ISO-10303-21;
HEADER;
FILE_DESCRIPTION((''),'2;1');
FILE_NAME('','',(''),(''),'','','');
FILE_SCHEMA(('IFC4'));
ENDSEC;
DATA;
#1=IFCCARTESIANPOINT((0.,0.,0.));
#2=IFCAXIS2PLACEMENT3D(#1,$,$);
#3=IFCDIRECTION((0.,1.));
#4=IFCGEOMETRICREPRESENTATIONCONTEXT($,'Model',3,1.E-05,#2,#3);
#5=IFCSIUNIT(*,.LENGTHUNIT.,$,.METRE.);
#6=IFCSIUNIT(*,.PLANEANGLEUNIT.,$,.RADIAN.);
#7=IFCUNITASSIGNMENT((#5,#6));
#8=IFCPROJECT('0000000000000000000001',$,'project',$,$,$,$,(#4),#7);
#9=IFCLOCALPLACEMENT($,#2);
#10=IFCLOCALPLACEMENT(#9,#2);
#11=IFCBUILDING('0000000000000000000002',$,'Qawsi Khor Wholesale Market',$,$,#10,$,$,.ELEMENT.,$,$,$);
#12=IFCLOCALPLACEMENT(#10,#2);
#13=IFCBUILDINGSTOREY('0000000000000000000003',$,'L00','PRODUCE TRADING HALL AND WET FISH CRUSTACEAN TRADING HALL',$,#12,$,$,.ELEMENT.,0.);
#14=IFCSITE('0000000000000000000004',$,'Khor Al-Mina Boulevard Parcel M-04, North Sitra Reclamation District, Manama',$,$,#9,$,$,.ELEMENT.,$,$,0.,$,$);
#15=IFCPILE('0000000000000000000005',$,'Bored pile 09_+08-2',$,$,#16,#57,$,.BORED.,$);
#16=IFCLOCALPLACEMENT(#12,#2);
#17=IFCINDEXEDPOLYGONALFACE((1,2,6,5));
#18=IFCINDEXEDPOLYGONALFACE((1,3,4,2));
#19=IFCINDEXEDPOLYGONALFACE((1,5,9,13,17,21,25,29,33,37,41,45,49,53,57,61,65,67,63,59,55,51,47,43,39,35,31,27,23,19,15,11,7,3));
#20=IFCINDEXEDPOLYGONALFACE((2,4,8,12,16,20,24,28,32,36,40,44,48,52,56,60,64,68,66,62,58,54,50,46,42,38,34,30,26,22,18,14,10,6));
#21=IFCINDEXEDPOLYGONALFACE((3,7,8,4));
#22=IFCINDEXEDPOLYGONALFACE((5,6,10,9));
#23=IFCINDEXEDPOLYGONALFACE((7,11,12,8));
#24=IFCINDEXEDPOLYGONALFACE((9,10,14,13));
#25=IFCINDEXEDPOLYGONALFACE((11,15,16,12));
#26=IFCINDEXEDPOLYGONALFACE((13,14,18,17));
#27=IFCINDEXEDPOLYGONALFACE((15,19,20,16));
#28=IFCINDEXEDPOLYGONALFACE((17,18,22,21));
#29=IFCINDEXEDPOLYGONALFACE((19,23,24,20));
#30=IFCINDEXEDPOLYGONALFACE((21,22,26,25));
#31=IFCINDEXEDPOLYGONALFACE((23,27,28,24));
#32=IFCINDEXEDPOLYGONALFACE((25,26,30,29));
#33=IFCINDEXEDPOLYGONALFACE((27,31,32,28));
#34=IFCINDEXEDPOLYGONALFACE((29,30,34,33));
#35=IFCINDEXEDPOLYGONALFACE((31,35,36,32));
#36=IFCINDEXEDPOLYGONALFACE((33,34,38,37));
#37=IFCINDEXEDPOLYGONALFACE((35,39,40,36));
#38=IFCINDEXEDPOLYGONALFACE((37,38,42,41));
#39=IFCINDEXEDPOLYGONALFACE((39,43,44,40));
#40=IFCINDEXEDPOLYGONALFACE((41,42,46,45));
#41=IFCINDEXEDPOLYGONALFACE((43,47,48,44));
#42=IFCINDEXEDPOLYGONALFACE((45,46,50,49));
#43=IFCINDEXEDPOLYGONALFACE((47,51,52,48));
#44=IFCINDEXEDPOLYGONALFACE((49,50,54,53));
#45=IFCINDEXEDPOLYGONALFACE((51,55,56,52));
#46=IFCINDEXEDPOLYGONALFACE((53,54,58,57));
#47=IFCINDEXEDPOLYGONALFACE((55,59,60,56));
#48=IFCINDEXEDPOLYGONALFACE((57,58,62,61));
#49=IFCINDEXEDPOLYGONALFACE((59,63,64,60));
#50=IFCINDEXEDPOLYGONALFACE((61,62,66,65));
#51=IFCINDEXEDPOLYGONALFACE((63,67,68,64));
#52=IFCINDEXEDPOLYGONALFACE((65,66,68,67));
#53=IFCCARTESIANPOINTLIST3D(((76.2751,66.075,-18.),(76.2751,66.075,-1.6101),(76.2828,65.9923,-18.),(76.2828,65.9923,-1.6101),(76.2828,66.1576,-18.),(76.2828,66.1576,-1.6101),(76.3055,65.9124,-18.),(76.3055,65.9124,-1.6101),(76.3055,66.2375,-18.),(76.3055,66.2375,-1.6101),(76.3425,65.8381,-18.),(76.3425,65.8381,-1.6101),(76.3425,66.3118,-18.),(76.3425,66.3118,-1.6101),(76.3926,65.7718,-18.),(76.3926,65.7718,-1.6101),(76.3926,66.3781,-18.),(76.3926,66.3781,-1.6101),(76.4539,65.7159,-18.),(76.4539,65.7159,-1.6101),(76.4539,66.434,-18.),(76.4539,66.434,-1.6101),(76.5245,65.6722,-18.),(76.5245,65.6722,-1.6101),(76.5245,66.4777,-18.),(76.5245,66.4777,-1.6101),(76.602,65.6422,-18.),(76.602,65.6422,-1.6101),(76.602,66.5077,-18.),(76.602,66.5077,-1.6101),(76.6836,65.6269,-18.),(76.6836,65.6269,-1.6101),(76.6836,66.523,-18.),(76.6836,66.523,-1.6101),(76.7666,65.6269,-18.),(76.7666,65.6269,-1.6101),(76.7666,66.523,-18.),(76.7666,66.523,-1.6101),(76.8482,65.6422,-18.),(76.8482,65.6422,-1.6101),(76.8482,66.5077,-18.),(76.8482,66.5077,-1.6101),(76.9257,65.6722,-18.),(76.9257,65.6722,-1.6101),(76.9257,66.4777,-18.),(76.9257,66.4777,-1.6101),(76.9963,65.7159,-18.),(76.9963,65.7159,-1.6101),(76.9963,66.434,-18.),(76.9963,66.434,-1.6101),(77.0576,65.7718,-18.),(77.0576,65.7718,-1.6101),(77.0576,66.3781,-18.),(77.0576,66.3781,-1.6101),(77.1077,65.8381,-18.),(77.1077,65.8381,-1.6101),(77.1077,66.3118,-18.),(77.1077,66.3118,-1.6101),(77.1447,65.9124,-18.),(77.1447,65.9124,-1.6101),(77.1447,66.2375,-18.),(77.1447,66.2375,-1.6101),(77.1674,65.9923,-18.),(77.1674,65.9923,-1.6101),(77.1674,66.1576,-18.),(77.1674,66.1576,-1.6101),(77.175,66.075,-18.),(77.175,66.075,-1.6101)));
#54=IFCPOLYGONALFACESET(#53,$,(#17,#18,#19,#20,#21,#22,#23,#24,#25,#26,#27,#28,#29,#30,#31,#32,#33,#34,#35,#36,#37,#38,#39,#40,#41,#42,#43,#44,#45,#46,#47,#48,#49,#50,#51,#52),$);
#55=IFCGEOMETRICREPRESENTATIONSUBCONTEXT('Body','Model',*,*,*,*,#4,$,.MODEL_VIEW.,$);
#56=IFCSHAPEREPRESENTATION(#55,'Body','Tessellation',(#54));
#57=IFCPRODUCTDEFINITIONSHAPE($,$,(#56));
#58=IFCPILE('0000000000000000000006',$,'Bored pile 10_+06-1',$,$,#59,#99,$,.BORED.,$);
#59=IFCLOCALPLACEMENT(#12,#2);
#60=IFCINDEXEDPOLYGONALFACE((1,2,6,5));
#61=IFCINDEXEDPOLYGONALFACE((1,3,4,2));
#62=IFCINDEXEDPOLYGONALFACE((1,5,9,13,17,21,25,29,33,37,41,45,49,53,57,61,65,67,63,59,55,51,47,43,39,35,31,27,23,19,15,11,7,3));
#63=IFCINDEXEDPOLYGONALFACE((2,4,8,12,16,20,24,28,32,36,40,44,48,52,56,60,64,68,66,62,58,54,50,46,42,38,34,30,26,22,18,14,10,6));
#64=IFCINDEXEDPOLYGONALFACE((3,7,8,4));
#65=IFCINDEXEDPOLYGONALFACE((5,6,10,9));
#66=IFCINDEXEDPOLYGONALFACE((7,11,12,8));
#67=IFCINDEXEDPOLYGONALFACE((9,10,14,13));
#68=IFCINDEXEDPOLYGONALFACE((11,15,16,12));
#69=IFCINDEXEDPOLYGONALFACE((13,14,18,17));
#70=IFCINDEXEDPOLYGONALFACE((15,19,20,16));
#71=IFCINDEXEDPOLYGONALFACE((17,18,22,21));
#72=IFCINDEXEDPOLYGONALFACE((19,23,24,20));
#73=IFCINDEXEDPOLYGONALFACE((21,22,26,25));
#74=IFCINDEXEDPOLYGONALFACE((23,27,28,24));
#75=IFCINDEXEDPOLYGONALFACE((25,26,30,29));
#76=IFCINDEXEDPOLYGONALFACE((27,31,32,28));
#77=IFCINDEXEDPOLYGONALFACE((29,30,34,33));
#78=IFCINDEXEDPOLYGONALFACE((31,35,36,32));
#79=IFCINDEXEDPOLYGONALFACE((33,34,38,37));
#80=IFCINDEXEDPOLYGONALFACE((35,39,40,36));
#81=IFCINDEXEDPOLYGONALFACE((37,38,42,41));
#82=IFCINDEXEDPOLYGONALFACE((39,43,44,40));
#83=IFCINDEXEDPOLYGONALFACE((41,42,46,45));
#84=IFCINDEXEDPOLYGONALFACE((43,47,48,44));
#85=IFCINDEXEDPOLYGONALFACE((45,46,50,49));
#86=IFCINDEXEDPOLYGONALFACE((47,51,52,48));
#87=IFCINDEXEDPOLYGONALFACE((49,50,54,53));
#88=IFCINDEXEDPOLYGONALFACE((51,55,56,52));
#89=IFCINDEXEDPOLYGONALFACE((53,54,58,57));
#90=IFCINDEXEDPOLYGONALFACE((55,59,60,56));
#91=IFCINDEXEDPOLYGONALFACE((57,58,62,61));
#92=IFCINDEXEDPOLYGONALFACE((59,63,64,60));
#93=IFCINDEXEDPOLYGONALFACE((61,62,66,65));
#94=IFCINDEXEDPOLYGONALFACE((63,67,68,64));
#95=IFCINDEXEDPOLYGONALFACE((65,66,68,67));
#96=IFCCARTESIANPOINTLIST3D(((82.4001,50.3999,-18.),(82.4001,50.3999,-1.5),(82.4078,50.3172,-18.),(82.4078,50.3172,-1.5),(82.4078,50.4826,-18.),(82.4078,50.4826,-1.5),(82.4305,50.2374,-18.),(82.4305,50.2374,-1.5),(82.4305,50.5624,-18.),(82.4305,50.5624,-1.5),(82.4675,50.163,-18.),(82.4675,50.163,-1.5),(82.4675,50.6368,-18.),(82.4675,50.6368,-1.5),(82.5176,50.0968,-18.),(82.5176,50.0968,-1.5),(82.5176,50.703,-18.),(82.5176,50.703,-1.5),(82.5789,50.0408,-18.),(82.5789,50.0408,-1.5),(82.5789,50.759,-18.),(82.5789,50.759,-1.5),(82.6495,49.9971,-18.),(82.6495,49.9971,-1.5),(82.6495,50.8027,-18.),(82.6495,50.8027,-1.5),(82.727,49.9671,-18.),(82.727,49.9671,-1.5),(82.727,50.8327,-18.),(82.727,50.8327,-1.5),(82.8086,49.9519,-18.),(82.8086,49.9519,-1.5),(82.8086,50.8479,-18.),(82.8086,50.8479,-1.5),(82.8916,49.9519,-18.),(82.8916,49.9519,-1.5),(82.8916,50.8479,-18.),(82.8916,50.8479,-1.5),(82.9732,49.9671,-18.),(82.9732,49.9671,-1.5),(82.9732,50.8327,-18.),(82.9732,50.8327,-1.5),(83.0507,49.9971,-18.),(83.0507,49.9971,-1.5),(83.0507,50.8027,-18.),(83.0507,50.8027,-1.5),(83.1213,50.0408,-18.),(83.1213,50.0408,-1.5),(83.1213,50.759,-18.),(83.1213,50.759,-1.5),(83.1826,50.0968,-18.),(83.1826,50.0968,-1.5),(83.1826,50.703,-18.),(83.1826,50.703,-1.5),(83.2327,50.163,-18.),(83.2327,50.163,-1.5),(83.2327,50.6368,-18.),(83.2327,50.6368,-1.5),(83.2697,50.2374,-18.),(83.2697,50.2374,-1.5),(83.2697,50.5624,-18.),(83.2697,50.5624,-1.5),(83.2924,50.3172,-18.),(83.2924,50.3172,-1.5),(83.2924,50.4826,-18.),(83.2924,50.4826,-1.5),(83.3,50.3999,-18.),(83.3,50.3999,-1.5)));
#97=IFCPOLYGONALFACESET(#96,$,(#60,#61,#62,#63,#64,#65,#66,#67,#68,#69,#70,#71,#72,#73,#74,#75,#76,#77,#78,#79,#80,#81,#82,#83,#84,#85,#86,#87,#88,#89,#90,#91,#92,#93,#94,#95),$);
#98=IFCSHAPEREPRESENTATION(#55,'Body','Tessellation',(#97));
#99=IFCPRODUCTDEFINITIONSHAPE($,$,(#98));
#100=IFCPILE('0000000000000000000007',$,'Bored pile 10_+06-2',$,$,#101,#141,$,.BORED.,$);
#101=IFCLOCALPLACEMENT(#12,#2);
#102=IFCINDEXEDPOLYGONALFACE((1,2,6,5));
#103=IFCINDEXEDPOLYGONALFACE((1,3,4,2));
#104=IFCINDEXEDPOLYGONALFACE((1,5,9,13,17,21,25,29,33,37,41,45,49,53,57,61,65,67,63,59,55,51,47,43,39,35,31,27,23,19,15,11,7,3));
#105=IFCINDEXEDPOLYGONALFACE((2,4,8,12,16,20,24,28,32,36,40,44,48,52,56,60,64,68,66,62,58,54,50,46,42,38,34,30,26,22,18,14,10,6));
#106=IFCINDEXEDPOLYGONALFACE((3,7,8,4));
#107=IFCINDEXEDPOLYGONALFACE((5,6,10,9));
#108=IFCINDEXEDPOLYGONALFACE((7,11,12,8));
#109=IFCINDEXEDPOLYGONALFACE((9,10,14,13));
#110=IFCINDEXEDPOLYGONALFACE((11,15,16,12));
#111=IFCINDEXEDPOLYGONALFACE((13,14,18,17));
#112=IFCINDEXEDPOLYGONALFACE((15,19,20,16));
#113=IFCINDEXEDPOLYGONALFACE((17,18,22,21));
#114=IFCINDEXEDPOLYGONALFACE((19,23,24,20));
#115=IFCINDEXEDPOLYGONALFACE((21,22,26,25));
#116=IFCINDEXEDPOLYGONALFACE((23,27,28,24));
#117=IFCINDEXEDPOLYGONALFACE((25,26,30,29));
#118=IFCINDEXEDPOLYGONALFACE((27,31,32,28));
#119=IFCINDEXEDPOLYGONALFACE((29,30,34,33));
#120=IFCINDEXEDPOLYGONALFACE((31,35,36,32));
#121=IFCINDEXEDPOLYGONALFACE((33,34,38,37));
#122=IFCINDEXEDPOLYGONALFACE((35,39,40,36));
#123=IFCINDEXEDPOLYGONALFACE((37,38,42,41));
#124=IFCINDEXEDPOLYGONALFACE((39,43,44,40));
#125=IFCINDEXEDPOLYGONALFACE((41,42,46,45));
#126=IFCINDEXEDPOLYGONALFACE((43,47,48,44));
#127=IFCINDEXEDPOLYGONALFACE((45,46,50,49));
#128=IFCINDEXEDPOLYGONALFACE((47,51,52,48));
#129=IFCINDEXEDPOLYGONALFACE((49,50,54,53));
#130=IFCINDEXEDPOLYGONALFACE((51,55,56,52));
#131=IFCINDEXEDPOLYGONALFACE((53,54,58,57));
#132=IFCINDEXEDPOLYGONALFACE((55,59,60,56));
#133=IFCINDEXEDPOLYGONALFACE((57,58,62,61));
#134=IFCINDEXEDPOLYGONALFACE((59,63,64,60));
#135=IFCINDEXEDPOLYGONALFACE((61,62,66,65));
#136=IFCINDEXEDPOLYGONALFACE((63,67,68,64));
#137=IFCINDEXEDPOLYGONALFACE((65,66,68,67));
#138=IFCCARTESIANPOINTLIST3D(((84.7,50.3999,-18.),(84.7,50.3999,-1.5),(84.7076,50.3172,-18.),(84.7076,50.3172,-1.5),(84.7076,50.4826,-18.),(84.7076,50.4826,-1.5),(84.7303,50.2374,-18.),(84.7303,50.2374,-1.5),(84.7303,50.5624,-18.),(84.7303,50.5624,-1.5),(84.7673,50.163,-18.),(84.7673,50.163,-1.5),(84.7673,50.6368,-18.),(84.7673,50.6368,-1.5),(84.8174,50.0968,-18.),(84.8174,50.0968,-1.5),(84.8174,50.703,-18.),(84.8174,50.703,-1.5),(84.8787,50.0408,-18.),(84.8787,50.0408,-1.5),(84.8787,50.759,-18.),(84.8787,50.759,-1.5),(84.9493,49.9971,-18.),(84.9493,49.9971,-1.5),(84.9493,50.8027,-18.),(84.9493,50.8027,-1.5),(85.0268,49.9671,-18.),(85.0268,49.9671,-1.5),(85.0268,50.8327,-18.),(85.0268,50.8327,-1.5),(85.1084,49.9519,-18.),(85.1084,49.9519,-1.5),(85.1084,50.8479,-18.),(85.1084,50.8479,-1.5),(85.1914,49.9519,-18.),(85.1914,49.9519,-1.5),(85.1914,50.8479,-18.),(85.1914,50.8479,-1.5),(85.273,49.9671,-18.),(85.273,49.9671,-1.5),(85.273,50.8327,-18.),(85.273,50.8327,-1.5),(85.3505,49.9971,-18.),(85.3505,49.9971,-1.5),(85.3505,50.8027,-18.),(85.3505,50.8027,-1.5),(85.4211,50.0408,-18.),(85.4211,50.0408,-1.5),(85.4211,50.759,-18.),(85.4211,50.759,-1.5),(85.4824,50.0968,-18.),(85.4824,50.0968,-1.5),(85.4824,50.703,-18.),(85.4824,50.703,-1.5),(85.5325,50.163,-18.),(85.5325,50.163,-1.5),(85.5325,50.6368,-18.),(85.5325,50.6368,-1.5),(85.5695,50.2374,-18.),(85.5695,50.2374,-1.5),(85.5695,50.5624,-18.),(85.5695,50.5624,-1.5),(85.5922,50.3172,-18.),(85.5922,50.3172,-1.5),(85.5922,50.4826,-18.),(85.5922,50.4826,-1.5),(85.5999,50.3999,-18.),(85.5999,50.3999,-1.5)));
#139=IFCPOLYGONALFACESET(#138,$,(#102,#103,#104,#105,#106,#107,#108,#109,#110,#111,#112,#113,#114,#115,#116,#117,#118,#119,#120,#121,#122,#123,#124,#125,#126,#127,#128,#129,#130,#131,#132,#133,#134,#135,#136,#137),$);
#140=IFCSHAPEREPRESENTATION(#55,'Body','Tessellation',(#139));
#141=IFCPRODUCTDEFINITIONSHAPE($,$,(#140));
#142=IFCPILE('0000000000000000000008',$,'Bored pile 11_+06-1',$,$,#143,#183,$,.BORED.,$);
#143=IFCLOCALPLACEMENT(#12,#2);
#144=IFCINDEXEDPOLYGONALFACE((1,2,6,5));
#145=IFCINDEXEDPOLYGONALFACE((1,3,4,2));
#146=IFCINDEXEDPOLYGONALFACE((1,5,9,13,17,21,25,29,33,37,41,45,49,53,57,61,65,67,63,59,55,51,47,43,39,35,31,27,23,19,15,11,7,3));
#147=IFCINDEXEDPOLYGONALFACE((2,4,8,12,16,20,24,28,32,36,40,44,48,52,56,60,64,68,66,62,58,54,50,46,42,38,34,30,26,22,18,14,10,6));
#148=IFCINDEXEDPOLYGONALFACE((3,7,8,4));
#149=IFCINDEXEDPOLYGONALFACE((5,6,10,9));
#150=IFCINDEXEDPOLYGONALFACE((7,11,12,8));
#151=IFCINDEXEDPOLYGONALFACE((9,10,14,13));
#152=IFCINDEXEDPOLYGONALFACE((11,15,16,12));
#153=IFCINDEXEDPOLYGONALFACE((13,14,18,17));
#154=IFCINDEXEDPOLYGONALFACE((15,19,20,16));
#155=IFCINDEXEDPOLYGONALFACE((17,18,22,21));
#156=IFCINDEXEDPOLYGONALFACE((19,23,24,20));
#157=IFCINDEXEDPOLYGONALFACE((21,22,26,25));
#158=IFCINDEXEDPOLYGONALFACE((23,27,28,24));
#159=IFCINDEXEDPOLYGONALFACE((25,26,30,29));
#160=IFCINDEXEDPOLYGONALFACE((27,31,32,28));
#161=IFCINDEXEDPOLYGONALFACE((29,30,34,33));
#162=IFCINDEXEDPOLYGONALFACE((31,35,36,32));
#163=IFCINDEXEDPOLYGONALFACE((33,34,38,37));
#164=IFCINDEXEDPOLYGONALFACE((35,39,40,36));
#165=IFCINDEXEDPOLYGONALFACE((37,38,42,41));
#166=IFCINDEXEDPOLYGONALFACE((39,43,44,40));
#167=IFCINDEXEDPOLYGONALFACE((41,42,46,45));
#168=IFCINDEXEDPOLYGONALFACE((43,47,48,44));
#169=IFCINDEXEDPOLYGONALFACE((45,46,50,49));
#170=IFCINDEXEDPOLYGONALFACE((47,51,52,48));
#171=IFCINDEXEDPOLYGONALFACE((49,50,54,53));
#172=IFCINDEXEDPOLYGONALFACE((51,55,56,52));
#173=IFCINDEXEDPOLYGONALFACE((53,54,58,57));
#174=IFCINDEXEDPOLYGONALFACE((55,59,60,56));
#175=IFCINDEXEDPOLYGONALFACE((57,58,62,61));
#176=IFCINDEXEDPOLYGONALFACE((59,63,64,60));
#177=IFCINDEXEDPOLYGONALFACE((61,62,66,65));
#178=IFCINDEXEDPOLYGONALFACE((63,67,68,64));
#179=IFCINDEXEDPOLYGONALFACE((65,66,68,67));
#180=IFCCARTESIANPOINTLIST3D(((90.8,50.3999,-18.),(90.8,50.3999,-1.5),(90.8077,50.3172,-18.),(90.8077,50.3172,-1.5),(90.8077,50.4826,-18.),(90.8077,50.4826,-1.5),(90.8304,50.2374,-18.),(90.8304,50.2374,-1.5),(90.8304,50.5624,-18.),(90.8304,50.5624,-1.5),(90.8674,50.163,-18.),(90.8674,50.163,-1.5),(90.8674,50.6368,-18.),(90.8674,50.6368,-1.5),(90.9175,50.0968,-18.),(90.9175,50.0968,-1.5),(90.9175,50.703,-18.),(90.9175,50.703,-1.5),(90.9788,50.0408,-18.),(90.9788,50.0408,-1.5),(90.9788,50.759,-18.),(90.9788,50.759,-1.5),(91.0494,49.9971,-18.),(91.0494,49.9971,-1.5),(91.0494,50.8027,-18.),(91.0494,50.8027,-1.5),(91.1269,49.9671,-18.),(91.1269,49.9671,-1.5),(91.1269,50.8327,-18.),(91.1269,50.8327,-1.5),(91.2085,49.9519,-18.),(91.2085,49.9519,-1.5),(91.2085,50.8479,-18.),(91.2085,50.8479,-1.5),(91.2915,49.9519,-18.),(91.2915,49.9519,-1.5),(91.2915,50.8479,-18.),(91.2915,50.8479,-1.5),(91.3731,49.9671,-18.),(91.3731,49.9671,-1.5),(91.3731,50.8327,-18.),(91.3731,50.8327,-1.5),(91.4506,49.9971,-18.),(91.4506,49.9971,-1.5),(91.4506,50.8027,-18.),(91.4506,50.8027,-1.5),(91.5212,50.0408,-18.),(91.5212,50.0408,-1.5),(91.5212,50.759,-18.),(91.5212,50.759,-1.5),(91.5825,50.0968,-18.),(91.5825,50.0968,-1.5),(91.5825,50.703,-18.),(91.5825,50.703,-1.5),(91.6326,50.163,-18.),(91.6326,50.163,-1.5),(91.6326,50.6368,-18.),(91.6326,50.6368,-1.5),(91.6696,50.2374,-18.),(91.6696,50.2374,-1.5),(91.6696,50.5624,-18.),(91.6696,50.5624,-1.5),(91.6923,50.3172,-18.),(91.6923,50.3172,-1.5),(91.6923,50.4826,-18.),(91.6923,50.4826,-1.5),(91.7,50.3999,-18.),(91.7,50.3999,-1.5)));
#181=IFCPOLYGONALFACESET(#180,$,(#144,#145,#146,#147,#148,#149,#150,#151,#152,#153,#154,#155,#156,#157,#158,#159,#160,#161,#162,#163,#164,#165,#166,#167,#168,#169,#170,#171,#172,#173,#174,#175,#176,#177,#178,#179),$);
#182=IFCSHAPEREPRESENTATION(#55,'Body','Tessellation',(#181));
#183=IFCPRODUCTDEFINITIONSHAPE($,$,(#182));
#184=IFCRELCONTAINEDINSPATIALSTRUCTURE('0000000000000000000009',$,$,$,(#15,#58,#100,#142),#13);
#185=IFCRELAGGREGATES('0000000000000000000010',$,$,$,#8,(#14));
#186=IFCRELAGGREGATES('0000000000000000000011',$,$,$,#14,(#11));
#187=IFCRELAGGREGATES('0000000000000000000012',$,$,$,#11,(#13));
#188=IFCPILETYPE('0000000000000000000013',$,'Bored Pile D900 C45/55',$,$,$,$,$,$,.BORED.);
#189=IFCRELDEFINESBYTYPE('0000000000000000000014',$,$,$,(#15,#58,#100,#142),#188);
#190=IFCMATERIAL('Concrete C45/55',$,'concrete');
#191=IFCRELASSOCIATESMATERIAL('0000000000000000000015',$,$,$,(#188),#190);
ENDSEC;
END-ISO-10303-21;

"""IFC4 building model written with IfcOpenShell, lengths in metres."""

from ifc_helpers import new_model, si_unit, direction, frame, origin, origin_2d, place, context, subcontext, project, spatial, circle, extrude, material, material_profile, profile_set, type_object, element, save


model = new_model("IFC4")

# Units and contexts
model_context = context("Model", 3, precision=1e-05, world=origin(), true_north=direction((0.0, 1.0)))
body_context = subcontext(model_context, "Body", "Model", "MODEL_VIEW")
ifc_project = project(units=[si_unit("LENGTHUNIT", "METRE"), si_unit("PLANEANGLEUNIT", "RADIAN")], contexts=[model_context])

# Site, building, storey
site_placement = place(None, origin())
site = spatial("IfcSite", under=ifc_project, at=site_placement, Name="Khor Al-Mina Boulevard Parcel M-04, North Sitra Reclamation District, Manama", CompositionType="ELEMENT", RefElevation=0.0)
building_placement = place(site_placement, origin())
building = spatial("IfcBuilding", under=site, at=building_placement, Name="Qawsi Khor Wholesale Market", CompositionType="ELEMENT")
storey_placement = place(building_placement, origin())
storey = spatial("IfcBuildingStorey", under=building, at=storey_placement, Name="L00", Description="PRODUCE TRADING HALL AND WET FISH CRUSTACEAN TRADING HALL", CompositionType="ELEMENT", Elevation=0.0)

# Piles
ifc_material_1 = material(Name="Concrete C45/55", Category="concrete")
ifc_material_profile_1 = material_profile(ifc_material_1, circle(Radius=0.45, at=origin_2d()), Name="PILE D900")
ifc_profile_set_1 = profile_set([ifc_material_profile_1], Name="Concrete C45/55")
pile_type = type_object("IfcPileType", Name="Bored Pile D900 C45/55", PredefinedType="BORED", material=ifc_profile_set_1)
for number, where, z_axis, x_axis, name in (
    (1, (76.7251, 66.075, -1.6101), (0.0, 0.0, -1.0), (1.0, 0.0, 0.0), "Bored pile 09_+08-2"),
):
    element("IfcPile", number, at=place(storey_placement, frame(where, z_axis=z_axis, x_axis=x_axis)), inside=storey, type_object=pile_type, Name=name, PredefinedType="BORED", context=body_context, shape_type="SweptSolid", body=[
        extrude(circle(Radius=0.45, at=origin_2d()), origin(), (0.0, 0.0, 1.0), 16.3899),
    ])
for number, where, z_axis, x_axis, name in (
    (2, (82.8501, 50.3999, -1.5), (0.0, 0.0, -1.0), (1.0, 0.0, 0.0), "Bored pile 10_+06-1"),
    (3, (85.1499, 50.3999, -1.5), (0.0, 0.0, -1.0), (1.0, 0.0, 0.0), "Bored pile 10_+06-2"),
    (4, (91.25, 50.3999, -1.5), (0.0, 0.0, -1.0), (1.0, 0.0, 0.0), "Bored pile 11_+06-1"),
):
    element("IfcPile", number, at=place(storey_placement, frame(where, z_axis=z_axis, x_axis=x_axis)), inside=storey, type_object=pile_type, Name=name, PredefinedType="BORED", context=body_context, shape_type="SweptSolid", body=[
        extrude(circle(Radius=0.45, at=origin_2d()), origin(), (0.0, 0.0, 1.0), 16.5),
    ])

save(model, "model.ifc")
